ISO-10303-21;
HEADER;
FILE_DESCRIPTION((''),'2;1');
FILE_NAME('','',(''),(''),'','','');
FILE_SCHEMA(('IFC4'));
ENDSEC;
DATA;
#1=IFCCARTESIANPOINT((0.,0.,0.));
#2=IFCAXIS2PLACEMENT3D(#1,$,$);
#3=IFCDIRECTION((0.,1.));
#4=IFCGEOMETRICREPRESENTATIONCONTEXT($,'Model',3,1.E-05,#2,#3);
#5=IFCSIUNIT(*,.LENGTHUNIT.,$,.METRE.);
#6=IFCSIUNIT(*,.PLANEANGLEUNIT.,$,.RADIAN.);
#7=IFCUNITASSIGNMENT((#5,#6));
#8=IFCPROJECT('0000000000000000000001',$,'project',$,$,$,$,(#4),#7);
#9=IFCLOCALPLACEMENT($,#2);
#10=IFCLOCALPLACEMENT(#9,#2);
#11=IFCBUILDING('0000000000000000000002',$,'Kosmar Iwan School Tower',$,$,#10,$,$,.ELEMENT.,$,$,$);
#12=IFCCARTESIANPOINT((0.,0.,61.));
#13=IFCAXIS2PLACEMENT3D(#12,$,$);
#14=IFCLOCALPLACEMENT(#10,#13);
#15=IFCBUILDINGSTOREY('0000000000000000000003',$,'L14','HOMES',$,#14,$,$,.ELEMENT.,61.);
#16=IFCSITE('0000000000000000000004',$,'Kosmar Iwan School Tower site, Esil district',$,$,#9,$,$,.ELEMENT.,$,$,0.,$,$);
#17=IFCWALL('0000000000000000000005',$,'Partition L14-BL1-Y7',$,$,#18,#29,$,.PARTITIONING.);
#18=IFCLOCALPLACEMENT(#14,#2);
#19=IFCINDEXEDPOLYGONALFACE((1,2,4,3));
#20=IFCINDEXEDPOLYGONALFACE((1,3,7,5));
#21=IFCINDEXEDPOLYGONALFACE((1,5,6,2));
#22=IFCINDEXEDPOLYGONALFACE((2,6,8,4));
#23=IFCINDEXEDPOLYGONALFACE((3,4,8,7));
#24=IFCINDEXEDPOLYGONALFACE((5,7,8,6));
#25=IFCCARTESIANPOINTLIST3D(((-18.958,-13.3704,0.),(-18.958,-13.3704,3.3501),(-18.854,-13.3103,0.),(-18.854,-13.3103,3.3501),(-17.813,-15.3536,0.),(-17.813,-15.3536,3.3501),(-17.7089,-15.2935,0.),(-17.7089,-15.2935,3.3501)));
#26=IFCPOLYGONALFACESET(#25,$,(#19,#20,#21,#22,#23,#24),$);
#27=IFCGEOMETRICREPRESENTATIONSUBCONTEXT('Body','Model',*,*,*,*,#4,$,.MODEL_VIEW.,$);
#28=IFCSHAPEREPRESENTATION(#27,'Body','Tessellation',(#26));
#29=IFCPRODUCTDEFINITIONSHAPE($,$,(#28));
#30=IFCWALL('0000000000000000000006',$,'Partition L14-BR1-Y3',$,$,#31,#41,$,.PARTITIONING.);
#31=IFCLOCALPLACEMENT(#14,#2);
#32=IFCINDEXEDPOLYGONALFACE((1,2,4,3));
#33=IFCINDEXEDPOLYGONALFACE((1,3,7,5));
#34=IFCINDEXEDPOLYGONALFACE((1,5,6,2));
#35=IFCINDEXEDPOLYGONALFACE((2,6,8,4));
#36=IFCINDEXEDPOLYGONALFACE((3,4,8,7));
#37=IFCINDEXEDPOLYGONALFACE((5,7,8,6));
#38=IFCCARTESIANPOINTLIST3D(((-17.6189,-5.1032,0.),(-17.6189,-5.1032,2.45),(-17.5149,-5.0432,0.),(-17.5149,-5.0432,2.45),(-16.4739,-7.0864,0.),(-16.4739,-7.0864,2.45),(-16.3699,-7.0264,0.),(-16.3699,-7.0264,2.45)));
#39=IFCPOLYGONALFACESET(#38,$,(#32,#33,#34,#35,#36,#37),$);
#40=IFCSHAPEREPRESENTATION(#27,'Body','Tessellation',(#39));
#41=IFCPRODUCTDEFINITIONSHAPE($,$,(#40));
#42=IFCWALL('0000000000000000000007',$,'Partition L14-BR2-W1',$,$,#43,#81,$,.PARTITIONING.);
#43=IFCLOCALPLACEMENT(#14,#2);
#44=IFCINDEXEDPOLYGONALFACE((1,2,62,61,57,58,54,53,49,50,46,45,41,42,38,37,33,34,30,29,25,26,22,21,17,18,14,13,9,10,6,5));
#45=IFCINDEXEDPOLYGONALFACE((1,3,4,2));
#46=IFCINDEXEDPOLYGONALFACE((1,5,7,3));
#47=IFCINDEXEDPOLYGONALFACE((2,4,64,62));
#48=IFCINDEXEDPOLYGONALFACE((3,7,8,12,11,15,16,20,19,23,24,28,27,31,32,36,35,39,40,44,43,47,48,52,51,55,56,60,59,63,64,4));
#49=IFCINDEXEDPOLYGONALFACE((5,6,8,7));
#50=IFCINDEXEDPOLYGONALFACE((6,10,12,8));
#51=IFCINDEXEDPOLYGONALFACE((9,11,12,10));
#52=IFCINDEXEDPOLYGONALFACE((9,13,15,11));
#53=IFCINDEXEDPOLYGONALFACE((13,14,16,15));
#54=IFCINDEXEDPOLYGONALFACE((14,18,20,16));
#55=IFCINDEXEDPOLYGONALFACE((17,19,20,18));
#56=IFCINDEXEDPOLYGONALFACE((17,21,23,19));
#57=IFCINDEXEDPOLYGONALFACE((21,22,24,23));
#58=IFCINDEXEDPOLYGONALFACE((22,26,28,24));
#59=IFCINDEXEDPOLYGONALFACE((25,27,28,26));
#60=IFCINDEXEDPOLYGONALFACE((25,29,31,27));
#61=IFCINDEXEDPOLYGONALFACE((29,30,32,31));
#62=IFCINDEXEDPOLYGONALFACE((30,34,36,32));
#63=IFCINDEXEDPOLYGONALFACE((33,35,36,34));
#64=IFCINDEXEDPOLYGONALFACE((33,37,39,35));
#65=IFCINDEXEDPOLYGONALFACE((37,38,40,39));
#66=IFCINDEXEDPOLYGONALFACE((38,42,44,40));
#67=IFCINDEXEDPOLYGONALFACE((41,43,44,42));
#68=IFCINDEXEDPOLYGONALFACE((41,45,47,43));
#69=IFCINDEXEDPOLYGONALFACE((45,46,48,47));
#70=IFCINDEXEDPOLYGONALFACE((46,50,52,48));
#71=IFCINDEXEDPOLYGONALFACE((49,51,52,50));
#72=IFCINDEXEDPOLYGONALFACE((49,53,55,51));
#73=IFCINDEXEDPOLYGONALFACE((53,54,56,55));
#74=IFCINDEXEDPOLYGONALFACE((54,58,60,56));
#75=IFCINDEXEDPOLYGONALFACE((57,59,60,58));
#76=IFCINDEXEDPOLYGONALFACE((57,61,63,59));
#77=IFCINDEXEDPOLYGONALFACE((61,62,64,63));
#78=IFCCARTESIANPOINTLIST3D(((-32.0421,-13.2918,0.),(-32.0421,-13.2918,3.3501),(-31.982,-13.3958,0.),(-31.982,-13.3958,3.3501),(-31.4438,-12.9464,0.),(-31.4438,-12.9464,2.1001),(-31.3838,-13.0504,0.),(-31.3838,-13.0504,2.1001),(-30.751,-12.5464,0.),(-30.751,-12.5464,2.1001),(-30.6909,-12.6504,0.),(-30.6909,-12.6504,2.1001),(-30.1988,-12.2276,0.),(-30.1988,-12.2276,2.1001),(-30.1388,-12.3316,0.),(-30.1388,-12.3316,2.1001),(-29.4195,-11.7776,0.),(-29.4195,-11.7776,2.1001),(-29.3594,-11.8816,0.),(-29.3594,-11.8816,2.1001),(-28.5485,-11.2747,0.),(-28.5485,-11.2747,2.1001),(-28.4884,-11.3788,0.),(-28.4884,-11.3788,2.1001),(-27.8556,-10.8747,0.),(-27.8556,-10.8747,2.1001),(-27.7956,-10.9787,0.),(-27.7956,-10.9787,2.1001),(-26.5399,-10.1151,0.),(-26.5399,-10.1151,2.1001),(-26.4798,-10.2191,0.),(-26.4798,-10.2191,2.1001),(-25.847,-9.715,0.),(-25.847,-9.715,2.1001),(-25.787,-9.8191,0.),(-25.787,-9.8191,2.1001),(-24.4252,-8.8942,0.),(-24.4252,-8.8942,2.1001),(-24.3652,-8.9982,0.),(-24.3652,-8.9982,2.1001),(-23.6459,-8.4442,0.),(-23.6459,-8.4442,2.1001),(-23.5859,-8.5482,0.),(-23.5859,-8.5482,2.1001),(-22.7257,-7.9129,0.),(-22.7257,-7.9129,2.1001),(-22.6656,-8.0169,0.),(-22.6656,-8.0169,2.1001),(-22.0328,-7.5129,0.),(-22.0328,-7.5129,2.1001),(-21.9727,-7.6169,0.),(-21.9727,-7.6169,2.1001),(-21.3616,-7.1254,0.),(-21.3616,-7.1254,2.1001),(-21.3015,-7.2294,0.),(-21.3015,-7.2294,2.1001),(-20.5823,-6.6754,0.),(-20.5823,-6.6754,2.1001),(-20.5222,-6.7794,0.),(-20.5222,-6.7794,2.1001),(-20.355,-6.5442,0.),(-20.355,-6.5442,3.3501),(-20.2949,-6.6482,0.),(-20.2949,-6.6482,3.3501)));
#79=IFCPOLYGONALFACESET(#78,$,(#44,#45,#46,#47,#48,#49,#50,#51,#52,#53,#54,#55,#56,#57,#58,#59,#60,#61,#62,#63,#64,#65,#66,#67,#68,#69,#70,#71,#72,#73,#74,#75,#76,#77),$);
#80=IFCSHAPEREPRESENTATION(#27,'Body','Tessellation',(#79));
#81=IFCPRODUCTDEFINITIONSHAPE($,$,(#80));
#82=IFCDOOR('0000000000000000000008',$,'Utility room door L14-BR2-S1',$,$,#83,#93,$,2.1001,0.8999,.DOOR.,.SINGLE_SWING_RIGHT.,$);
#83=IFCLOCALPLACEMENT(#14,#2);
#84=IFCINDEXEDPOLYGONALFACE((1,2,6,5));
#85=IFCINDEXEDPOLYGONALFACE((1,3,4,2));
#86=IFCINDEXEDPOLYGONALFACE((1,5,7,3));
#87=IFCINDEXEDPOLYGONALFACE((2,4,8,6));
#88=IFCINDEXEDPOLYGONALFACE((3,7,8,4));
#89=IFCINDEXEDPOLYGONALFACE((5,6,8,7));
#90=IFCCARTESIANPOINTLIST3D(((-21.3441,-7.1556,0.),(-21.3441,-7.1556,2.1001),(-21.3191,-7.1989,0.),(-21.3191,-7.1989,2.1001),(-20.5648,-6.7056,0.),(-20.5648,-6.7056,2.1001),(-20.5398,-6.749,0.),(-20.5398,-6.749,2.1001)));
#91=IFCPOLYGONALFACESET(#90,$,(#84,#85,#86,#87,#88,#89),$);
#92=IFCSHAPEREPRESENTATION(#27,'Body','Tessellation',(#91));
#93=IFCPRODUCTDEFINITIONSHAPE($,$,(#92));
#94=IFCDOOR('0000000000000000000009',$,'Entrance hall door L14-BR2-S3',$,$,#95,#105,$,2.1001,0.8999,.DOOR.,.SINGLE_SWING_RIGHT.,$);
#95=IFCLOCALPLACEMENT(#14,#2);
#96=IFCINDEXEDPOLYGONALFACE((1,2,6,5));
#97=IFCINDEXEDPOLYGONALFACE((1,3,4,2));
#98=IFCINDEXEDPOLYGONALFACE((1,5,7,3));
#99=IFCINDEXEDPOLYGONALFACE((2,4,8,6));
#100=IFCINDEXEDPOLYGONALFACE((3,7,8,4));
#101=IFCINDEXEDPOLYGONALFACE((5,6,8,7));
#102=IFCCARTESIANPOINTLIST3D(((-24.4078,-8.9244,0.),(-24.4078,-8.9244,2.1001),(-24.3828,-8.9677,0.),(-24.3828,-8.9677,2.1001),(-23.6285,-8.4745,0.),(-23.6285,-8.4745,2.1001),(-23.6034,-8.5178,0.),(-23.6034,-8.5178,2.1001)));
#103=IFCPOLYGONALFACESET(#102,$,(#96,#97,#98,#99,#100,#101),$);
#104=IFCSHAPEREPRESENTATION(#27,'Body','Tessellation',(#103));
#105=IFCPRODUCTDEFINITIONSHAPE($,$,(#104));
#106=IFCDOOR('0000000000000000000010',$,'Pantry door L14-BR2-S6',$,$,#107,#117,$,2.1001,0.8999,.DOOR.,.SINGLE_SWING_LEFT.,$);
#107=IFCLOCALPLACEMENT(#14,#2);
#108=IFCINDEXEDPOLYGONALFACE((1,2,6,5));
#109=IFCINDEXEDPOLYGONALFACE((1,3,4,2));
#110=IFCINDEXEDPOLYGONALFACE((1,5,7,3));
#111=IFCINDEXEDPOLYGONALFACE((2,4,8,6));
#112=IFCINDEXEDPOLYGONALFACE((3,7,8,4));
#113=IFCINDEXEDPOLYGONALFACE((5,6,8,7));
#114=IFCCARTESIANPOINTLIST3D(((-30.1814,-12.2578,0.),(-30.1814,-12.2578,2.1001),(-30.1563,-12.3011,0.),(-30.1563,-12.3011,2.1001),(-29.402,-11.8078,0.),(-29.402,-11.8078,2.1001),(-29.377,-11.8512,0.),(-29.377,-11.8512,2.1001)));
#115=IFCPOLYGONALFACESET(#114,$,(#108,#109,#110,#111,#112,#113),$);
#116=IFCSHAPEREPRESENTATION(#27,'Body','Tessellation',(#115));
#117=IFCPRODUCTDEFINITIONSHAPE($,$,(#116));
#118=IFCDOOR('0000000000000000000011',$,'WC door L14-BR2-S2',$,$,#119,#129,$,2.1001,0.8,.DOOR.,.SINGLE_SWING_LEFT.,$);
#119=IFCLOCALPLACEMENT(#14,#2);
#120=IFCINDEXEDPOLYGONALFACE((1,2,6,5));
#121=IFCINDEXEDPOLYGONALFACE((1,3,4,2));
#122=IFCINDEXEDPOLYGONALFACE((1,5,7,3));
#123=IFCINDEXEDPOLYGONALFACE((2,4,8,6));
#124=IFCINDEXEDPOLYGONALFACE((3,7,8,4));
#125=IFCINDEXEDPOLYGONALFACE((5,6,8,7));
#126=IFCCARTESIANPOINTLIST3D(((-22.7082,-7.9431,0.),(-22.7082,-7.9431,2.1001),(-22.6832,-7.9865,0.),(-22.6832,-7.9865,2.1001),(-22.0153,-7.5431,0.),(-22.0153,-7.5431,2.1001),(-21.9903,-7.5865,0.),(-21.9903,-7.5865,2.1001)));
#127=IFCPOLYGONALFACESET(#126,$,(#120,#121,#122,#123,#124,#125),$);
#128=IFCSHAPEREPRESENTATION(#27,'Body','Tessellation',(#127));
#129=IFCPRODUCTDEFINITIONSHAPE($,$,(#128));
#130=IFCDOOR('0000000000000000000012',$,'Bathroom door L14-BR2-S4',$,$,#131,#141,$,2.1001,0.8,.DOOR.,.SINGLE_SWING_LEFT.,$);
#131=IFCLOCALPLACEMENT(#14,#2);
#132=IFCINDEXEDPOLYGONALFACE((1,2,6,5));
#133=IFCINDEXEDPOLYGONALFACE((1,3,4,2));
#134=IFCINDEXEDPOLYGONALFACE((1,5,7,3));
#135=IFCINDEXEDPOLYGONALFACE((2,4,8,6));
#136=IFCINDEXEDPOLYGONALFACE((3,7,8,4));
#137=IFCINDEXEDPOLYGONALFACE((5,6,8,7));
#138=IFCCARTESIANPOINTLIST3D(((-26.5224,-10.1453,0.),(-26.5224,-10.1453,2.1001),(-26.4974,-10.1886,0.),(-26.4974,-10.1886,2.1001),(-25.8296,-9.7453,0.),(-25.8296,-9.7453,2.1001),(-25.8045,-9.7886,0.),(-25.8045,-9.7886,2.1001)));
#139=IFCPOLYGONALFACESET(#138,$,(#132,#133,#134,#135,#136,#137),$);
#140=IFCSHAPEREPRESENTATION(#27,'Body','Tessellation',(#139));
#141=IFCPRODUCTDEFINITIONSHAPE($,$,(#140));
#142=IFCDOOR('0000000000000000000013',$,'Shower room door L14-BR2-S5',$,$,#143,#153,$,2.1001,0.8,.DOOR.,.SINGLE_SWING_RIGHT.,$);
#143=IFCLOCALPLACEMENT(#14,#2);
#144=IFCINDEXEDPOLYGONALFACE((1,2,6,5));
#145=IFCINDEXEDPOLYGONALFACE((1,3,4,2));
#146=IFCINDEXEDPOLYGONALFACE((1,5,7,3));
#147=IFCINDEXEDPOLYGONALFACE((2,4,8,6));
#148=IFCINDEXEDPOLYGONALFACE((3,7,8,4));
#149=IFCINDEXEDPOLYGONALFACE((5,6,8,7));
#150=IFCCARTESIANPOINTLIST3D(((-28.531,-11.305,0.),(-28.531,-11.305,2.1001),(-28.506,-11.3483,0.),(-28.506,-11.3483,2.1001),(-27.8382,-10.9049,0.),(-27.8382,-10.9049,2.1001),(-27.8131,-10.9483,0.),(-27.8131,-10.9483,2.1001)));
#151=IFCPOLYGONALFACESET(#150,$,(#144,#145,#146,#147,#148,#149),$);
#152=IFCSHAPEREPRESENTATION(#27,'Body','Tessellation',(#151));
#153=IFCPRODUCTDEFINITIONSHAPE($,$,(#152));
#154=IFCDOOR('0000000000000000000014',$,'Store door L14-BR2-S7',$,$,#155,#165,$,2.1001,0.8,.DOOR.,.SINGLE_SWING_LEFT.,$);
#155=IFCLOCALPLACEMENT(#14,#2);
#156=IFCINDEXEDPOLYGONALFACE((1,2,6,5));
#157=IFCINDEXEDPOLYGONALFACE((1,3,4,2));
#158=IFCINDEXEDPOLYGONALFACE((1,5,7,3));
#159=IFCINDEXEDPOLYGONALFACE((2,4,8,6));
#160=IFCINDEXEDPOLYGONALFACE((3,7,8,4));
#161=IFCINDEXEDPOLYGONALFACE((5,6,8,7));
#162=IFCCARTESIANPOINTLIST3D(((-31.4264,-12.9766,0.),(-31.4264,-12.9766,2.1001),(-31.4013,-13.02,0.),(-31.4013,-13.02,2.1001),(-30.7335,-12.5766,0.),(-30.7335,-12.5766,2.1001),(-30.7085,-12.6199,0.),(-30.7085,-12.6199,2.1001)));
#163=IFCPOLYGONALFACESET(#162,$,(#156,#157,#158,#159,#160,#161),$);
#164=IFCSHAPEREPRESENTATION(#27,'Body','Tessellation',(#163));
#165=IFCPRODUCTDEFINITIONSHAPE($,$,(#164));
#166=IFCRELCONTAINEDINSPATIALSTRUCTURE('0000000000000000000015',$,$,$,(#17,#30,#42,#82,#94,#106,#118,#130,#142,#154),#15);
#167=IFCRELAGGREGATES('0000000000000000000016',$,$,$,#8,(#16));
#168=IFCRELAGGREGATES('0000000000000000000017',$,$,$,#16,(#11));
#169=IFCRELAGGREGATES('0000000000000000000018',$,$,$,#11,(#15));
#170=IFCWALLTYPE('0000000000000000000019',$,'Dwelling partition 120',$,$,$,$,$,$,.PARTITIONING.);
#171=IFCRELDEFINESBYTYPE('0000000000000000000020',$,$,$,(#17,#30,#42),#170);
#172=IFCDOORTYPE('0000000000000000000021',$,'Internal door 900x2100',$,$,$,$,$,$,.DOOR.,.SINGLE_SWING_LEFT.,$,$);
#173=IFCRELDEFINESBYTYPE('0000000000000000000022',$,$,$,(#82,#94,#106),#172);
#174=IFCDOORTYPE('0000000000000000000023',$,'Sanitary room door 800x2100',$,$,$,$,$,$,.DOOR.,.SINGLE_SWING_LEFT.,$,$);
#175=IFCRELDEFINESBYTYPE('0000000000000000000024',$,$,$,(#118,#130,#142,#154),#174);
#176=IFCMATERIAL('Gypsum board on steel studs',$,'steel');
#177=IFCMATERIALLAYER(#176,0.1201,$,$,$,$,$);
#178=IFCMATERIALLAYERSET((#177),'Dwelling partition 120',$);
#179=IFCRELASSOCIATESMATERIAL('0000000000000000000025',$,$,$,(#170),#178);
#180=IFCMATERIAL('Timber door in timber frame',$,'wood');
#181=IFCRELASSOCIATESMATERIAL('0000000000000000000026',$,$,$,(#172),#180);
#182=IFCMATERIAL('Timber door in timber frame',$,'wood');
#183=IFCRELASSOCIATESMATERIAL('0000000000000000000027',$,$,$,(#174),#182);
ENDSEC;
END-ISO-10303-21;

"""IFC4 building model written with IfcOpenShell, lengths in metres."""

from ifc_helpers import new_model, si_unit, direction, frame, frame_2d, origin, place, context, subcontext, project, spatial, rectangle, extrude, material, layer, layer_set, type_object, element, fill, save


model = new_model("IFC4")

# Units and contexts
model_context = context("Model", 3, precision=1e-05, world=origin(), true_north=direction((0.0, 1.0)))
body_context = subcontext(model_context, "Body", "Model", "MODEL_VIEW")
ifc_project = project(units=[si_unit("LENGTHUNIT", "METRE"), si_unit("PLANEANGLEUNIT", "RADIAN")], contexts=[model_context])

# Site, building, storey
site_placement = place(None, origin())
site = spatial("IfcSite", under=ifc_project, at=site_placement, Name="Kosmar Iwan School Tower site, Esil district", CompositionType="ELEMENT", RefElevation=0.0)
building_placement = place(site_placement, origin())
building = spatial("IfcBuilding", under=site, at=building_placement, Name="Kosmar Iwan School Tower", CompositionType="ELEMENT")
storey_placement = place(building_placement, frame((0.0, 0.0, 61.0)))
storey = spatial("IfcBuildingStorey", under=building, at=storey_placement, Name="L14", Description="HOMES", CompositionType="ELEMENT", Elevation=61.0)

# Walls
ifc_material_1 = material(Name="Gypsum board on steel studs", Category="steel")
ifc_layer_1 = layer(ifc_material_1, 0.1201)
ifc_layer_set_1 = layer_set([ifc_layer_1], Name="Dwelling partition 120")
wall_type_1 = type_object("IfcWallType", Name="Dwelling partition 120", PredefinedType="PARTITIONING", material=ifc_layer_set_1)
wall_1_placement = place(storey_placement, frame((-18.906, -13.3403, 0.0), z_axis=(0.0, 0.0, 1.0), x_axis=(0.500015, -0.866017, 0.0)))
element("IfcWall", 1, at=wall_1_placement, inside=storey, type_object=wall_type_1, Name="Partition L14-BL1-Y7", PredefinedType="PARTITIONING", context=body_context, shape_type="SweptSolid", body=[
    extrude(rectangle(XDim=2.29, YDim=0.1201, at=frame_2d((1.145, 0.0))), origin(), (0.0, 0.0, 1.0), 3.3501),
])
wall_2_placement = place(storey_placement, frame((-16.4219, -7.0564, 0.0), z_axis=(0.0, 0.0, 1.0), x_axis=(-0.500015, 0.866017, 0.0)))
element("IfcWall", 2, at=wall_2_placement, inside=storey, type_object=wall_type_1, Name="Partition L14-BR1-Y3", PredefinedType="PARTITIONING", context=body_context, shape_type="SweptSolid", body=[
    extrude(rectangle(XDim=2.29, YDim=0.1201, at=frame_2d((1.145, 0.0))), origin(), (0.0, 0.0, 1.0), 2.45),
])

# Wall, openings, doors
wall_3_placement = place(storey_placement, frame((-20.325, -6.5962, 0.0), z_axis=(0.0, 0.0, 1.0), x_axis=(-0.866024, -0.500003, 0.0)))
wall_3 = element("IfcWall", 3, at=wall_3_placement, inside=storey, type_object=wall_type_1, Name="Partition L14-BR2-W1", PredefinedType="PARTITIONING", context=body_context, shape_type="SweptSolid", body=[
    extrude(rectangle(XDim=13.4951, YDim=0.1201, at=frame_2d((6.7476, 0.0))), origin(), (0.0, 0.0, 1.0), 3.3501),
])
opening_1_placement = place(wall_3_placement, frame((0.2625, 0.0, 0.0)))
opening_1 = element("IfcOpeningElement", 4, at=opening_1_placement, cuts=wall_3, PredefinedType="OPENING", context=body_context, shape_type="SweptSolid", body=[
    extrude(rectangle(XDim=0.8999, YDim=2.1001, at=frame_2d((0.45, 1.05))), frame((0.0, 0.072, 0.0), z_axis=(0.0, -1.0, 0.0), x_axis=(1.0, 0.0, 0.0)), (0.0, 0.0, 1.0), 0.144),
])
opening_2_placement = place(wall_3_placement, frame((1.9375, 0.0, 0.0)))
opening_2 = element("IfcOpeningElement", 5, at=opening_2_placement, cuts=wall_3, PredefinedType="OPENING", context=body_context, shape_type="SweptSolid", body=[
    extrude(rectangle(XDim=0.8, YDim=2.1001, at=frame_2d((0.3999, 1.05))), frame((0.0, 0.072, 0.0), z_axis=(0.0, -1.0, 0.0), x_axis=(1.0, 0.0, 0.0)), (0.0, 0.0, 1.0), 0.144),
])
opening_3_placement = place(wall_3_placement, frame((3.8, 0.0, 0.0)))
opening_3 = element("IfcOpeningElement", 6, at=opening_3_placement, cuts=wall_3, PredefinedType="OPENING", context=body_context, shape_type="SweptSolid", body=[
    extrude(rectangle(XDim=0.8999, YDim=2.1001, at=frame_2d((0.45, 1.05))), frame((0.0, 0.072, 0.0), z_axis=(0.0, -1.0, 0.0), x_axis=(1.0, 0.0, 0.0)), (0.0, 0.0, 1.0), 0.144),
])
opening_4_placement = place(wall_3_placement, frame((6.3418, 0.0, 0.0)))
opening_4 = element("IfcOpeningElement", 7, at=opening_4_placement, cuts=wall_3, PredefinedType="OPENING", context=body_context, shape_type="SweptSolid", body=[
    extrude(rectangle(XDim=0.8, YDim=2.1001, at=frame_2d((0.3999, 1.05))), frame((0.0, 0.072, 0.0), z_axis=(0.0, -1.0, 0.0), x_axis=(1.0, 0.0, 0.0)), (0.0, 0.0, 1.0), 0.144),
])
opening_5_placement = place(wall_3_placement, frame((8.6611, 0.0, 0.0)))
opening_5 = element("IfcOpeningElement", 8, at=opening_5_placement, cuts=wall_3, PredefinedType="OPENING", context=body_context, shape_type="SweptSolid", body=[
    extrude(rectangle(XDim=0.8, YDim=2.1001, at=frame_2d((0.3999, 1.05))), frame((0.0, 0.072, 0.0), z_axis=(0.0, -1.0, 0.0), x_axis=(1.0, 0.0, 0.0)), (0.0, 0.0, 1.0), 0.144),
])
opening_6_placement = place(wall_3_placement, frame((10.4668, 0.0, 0.0)))
opening_6 = element("IfcOpeningElement", 9, at=opening_6_placement, cuts=wall_3, PredefinedType="OPENING", context=body_context, shape_type="SweptSolid", body=[
    extrude(rectangle(XDim=0.8999, YDim=2.1001, at=frame_2d((0.45, 1.05))), frame((0.0, 0.072, 0.0), z_axis=(0.0, -1.0, 0.0), x_axis=(1.0, 0.0, 0.0)), (0.0, 0.0, 1.0), 0.144),
])
opening_7_placement = place(wall_3_placement, frame((12.0044, 0.0, 0.0)))
opening_7 = element("IfcOpeningElement", 10, at=opening_7_placement, cuts=wall_3, PredefinedType="OPENING", context=body_context, shape_type="SweptSolid", body=[
    extrude(rectangle(XDim=0.8, YDim=2.1001, at=frame_2d((0.3999, 1.05))), frame((0.0, 0.072, 0.0), z_axis=(0.0, -1.0, 0.0), x_axis=(1.0, 0.0, 0.0)), (0.0, 0.0, 1.0), 0.144),
])
ifc_material_2 = material(Name="Timber door in timber frame", Category="wood")
door_type_1 = type_object("IfcDoorType", Name="Internal door 900x2100", OperationType="SINGLE_SWING_LEFT", PredefinedType="DOOR", material=ifc_material_2)
door_1_placement = place(opening_1_placement, origin())
door_1 = element("IfcDoor", 11, at=door_1_placement, inside=storey, type_object=door_type_1, Name="Utility room door L14-BR2-S1", OperationType="SINGLE_SWING_RIGHT", OverallHeight=2.1001, OverallWidth=0.8999, PredefinedType="DOOR", context=body_context, shape_type="SweptSolid", body=[
    extrude(rectangle(XDim=0.8999, YDim=2.1001, at=frame_2d((0.45, 1.05))), frame((0.0, 0.0249, 0.0), z_axis=(0.0, -1.0, 0.0), x_axis=(1.0, 0.0, 0.0)), (0.0, 0.0, 1.0), 0.05),
])
fill(opening_1, door_1)
door_2_placement = place(opening_3_placement, origin())
door_2 = element("IfcDoor", 12, at=door_2_placement, inside=storey, type_object=door_type_1, Name="Entrance hall door L14-BR2-S3", OperationType="SINGLE_SWING_RIGHT", OverallHeight=2.1001, OverallWidth=0.8999, PredefinedType="DOOR", context=body_context, shape_type="SweptSolid", body=[
    extrude(rectangle(XDim=0.8999, YDim=2.1001, at=frame_2d((0.45, 1.05))), frame((0.0, 0.0249, 0.0), z_axis=(0.0, -1.0, 0.0), x_axis=(1.0, 0.0, 0.0)), (0.0, 0.0, 1.0), 0.05),
])
fill(opening_3, door_2)
door_3_placement = place(opening_6_placement, origin())
door_3 = element("IfcDoor", 13, at=door_3_placement, inside=storey, type_object=door_type_1, Name="Pantry door L14-BR2-S6", OperationType="SINGLE_SWING_LEFT", OverallHeight=2.1001, OverallWidth=0.8999, PredefinedType="DOOR", context=body_context, shape_type="SweptSolid", body=[
    extrude(rectangle(XDim=0.8999, YDim=2.1001, at=frame_2d((0.45, 1.05))), frame((0.0, 0.0249, 0.0), z_axis=(0.0, -1.0, 0.0), x_axis=(1.0, 0.0, 0.0)), (0.0, 0.0, 1.0), 0.05),
])
fill(opening_6, door_3)
ifc_material_3 = material(Name="Timber door in timber frame", Category="wood")
door_type_2 = type_object("IfcDoorType", Name="Sanitary room door 800x2100", OperationType="SINGLE_SWING_LEFT", PredefinedType="DOOR", material=ifc_material_3)
door_4_placement = place(opening_2_placement, origin())
door_4 = element("IfcDoor", 14, at=door_4_placement, inside=storey, type_object=door_type_2, Name="WC door L14-BR2-S2", OperationType="SINGLE_SWING_LEFT", OverallHeight=2.1001, OverallWidth=0.8, PredefinedType="DOOR", context=body_context, shape_type="SweptSolid", body=[
    extrude(rectangle(XDim=0.8, YDim=2.1001, at=frame_2d((0.3999, 1.05))), frame((0.0, 0.0249, 0.0), z_axis=(0.0, -1.0, 0.0), x_axis=(1.0, 0.0, 0.0)), (0.0, 0.0, 1.0), 0.05),
])
fill(opening_2, door_4)
door_5_placement = place(opening_4_placement, origin())
door_5 = element("IfcDoor", 15, at=door_5_placement, inside=storey, type_object=door_type_2, Name="Bathroom door L14-BR2-S4", OperationType="SINGLE_SWING_LEFT", OverallHeight=2.1001, OverallWidth=0.8, PredefinedType="DOOR", context=body_context, shape_type="SweptSolid", body=[
    extrude(rectangle(XDim=0.8, YDim=2.1001, at=frame_2d((0.3999, 1.05))), frame((0.0, 0.0249, 0.0), z_axis=(0.0, -1.0, 0.0), x_axis=(1.0, 0.0, 0.0)), (0.0, 0.0, 1.0), 0.05),
])
fill(opening_4, door_5)
door_6_placement = place(opening_5_placement, origin())
door_6 = element("IfcDoor", 16, at=door_6_placement, inside=storey, type_object=door_type_2, Name="Shower room door L14-BR2-S5", OperationType="SINGLE_SWING_RIGHT", OverallHeight=2.1001, OverallWidth=0.8, PredefinedType="DOOR", context=body_context, shape_type="SweptSolid", body=[
    extrude(rectangle(XDim=0.8, YDim=2.1001, at=frame_2d((0.3999, 1.05))), frame((0.0, 0.0249, 0.0), z_axis=(0.0, -1.0, 0.0), x_axis=(1.0, 0.0, 0.0)), (0.0, 0.0, 1.0), 0.05),
])
fill(opening_5, door_6)
door_7_placement = place(opening_7_placement, origin())
door_7 = element("IfcDoor", 17, at=door_7_placement, inside=storey, type_object=door_type_2, Name="Store door L14-BR2-S7", OperationType="SINGLE_SWING_LEFT", OverallHeight=2.1001, OverallWidth=0.8, PredefinedType="DOOR", context=body_context, shape_type="SweptSolid", body=[
    extrude(rectangle(XDim=0.8, YDim=2.1001, at=frame_2d((0.3999, 1.05))), frame((0.0, 0.0249, 0.0), z_axis=(0.0, -1.0, 0.0), x_axis=(1.0, 0.0, 0.0)), (0.0, 0.0, 1.0), 0.05),
])
fill(opening_7, door_7)

save(model, "model.ifc")
